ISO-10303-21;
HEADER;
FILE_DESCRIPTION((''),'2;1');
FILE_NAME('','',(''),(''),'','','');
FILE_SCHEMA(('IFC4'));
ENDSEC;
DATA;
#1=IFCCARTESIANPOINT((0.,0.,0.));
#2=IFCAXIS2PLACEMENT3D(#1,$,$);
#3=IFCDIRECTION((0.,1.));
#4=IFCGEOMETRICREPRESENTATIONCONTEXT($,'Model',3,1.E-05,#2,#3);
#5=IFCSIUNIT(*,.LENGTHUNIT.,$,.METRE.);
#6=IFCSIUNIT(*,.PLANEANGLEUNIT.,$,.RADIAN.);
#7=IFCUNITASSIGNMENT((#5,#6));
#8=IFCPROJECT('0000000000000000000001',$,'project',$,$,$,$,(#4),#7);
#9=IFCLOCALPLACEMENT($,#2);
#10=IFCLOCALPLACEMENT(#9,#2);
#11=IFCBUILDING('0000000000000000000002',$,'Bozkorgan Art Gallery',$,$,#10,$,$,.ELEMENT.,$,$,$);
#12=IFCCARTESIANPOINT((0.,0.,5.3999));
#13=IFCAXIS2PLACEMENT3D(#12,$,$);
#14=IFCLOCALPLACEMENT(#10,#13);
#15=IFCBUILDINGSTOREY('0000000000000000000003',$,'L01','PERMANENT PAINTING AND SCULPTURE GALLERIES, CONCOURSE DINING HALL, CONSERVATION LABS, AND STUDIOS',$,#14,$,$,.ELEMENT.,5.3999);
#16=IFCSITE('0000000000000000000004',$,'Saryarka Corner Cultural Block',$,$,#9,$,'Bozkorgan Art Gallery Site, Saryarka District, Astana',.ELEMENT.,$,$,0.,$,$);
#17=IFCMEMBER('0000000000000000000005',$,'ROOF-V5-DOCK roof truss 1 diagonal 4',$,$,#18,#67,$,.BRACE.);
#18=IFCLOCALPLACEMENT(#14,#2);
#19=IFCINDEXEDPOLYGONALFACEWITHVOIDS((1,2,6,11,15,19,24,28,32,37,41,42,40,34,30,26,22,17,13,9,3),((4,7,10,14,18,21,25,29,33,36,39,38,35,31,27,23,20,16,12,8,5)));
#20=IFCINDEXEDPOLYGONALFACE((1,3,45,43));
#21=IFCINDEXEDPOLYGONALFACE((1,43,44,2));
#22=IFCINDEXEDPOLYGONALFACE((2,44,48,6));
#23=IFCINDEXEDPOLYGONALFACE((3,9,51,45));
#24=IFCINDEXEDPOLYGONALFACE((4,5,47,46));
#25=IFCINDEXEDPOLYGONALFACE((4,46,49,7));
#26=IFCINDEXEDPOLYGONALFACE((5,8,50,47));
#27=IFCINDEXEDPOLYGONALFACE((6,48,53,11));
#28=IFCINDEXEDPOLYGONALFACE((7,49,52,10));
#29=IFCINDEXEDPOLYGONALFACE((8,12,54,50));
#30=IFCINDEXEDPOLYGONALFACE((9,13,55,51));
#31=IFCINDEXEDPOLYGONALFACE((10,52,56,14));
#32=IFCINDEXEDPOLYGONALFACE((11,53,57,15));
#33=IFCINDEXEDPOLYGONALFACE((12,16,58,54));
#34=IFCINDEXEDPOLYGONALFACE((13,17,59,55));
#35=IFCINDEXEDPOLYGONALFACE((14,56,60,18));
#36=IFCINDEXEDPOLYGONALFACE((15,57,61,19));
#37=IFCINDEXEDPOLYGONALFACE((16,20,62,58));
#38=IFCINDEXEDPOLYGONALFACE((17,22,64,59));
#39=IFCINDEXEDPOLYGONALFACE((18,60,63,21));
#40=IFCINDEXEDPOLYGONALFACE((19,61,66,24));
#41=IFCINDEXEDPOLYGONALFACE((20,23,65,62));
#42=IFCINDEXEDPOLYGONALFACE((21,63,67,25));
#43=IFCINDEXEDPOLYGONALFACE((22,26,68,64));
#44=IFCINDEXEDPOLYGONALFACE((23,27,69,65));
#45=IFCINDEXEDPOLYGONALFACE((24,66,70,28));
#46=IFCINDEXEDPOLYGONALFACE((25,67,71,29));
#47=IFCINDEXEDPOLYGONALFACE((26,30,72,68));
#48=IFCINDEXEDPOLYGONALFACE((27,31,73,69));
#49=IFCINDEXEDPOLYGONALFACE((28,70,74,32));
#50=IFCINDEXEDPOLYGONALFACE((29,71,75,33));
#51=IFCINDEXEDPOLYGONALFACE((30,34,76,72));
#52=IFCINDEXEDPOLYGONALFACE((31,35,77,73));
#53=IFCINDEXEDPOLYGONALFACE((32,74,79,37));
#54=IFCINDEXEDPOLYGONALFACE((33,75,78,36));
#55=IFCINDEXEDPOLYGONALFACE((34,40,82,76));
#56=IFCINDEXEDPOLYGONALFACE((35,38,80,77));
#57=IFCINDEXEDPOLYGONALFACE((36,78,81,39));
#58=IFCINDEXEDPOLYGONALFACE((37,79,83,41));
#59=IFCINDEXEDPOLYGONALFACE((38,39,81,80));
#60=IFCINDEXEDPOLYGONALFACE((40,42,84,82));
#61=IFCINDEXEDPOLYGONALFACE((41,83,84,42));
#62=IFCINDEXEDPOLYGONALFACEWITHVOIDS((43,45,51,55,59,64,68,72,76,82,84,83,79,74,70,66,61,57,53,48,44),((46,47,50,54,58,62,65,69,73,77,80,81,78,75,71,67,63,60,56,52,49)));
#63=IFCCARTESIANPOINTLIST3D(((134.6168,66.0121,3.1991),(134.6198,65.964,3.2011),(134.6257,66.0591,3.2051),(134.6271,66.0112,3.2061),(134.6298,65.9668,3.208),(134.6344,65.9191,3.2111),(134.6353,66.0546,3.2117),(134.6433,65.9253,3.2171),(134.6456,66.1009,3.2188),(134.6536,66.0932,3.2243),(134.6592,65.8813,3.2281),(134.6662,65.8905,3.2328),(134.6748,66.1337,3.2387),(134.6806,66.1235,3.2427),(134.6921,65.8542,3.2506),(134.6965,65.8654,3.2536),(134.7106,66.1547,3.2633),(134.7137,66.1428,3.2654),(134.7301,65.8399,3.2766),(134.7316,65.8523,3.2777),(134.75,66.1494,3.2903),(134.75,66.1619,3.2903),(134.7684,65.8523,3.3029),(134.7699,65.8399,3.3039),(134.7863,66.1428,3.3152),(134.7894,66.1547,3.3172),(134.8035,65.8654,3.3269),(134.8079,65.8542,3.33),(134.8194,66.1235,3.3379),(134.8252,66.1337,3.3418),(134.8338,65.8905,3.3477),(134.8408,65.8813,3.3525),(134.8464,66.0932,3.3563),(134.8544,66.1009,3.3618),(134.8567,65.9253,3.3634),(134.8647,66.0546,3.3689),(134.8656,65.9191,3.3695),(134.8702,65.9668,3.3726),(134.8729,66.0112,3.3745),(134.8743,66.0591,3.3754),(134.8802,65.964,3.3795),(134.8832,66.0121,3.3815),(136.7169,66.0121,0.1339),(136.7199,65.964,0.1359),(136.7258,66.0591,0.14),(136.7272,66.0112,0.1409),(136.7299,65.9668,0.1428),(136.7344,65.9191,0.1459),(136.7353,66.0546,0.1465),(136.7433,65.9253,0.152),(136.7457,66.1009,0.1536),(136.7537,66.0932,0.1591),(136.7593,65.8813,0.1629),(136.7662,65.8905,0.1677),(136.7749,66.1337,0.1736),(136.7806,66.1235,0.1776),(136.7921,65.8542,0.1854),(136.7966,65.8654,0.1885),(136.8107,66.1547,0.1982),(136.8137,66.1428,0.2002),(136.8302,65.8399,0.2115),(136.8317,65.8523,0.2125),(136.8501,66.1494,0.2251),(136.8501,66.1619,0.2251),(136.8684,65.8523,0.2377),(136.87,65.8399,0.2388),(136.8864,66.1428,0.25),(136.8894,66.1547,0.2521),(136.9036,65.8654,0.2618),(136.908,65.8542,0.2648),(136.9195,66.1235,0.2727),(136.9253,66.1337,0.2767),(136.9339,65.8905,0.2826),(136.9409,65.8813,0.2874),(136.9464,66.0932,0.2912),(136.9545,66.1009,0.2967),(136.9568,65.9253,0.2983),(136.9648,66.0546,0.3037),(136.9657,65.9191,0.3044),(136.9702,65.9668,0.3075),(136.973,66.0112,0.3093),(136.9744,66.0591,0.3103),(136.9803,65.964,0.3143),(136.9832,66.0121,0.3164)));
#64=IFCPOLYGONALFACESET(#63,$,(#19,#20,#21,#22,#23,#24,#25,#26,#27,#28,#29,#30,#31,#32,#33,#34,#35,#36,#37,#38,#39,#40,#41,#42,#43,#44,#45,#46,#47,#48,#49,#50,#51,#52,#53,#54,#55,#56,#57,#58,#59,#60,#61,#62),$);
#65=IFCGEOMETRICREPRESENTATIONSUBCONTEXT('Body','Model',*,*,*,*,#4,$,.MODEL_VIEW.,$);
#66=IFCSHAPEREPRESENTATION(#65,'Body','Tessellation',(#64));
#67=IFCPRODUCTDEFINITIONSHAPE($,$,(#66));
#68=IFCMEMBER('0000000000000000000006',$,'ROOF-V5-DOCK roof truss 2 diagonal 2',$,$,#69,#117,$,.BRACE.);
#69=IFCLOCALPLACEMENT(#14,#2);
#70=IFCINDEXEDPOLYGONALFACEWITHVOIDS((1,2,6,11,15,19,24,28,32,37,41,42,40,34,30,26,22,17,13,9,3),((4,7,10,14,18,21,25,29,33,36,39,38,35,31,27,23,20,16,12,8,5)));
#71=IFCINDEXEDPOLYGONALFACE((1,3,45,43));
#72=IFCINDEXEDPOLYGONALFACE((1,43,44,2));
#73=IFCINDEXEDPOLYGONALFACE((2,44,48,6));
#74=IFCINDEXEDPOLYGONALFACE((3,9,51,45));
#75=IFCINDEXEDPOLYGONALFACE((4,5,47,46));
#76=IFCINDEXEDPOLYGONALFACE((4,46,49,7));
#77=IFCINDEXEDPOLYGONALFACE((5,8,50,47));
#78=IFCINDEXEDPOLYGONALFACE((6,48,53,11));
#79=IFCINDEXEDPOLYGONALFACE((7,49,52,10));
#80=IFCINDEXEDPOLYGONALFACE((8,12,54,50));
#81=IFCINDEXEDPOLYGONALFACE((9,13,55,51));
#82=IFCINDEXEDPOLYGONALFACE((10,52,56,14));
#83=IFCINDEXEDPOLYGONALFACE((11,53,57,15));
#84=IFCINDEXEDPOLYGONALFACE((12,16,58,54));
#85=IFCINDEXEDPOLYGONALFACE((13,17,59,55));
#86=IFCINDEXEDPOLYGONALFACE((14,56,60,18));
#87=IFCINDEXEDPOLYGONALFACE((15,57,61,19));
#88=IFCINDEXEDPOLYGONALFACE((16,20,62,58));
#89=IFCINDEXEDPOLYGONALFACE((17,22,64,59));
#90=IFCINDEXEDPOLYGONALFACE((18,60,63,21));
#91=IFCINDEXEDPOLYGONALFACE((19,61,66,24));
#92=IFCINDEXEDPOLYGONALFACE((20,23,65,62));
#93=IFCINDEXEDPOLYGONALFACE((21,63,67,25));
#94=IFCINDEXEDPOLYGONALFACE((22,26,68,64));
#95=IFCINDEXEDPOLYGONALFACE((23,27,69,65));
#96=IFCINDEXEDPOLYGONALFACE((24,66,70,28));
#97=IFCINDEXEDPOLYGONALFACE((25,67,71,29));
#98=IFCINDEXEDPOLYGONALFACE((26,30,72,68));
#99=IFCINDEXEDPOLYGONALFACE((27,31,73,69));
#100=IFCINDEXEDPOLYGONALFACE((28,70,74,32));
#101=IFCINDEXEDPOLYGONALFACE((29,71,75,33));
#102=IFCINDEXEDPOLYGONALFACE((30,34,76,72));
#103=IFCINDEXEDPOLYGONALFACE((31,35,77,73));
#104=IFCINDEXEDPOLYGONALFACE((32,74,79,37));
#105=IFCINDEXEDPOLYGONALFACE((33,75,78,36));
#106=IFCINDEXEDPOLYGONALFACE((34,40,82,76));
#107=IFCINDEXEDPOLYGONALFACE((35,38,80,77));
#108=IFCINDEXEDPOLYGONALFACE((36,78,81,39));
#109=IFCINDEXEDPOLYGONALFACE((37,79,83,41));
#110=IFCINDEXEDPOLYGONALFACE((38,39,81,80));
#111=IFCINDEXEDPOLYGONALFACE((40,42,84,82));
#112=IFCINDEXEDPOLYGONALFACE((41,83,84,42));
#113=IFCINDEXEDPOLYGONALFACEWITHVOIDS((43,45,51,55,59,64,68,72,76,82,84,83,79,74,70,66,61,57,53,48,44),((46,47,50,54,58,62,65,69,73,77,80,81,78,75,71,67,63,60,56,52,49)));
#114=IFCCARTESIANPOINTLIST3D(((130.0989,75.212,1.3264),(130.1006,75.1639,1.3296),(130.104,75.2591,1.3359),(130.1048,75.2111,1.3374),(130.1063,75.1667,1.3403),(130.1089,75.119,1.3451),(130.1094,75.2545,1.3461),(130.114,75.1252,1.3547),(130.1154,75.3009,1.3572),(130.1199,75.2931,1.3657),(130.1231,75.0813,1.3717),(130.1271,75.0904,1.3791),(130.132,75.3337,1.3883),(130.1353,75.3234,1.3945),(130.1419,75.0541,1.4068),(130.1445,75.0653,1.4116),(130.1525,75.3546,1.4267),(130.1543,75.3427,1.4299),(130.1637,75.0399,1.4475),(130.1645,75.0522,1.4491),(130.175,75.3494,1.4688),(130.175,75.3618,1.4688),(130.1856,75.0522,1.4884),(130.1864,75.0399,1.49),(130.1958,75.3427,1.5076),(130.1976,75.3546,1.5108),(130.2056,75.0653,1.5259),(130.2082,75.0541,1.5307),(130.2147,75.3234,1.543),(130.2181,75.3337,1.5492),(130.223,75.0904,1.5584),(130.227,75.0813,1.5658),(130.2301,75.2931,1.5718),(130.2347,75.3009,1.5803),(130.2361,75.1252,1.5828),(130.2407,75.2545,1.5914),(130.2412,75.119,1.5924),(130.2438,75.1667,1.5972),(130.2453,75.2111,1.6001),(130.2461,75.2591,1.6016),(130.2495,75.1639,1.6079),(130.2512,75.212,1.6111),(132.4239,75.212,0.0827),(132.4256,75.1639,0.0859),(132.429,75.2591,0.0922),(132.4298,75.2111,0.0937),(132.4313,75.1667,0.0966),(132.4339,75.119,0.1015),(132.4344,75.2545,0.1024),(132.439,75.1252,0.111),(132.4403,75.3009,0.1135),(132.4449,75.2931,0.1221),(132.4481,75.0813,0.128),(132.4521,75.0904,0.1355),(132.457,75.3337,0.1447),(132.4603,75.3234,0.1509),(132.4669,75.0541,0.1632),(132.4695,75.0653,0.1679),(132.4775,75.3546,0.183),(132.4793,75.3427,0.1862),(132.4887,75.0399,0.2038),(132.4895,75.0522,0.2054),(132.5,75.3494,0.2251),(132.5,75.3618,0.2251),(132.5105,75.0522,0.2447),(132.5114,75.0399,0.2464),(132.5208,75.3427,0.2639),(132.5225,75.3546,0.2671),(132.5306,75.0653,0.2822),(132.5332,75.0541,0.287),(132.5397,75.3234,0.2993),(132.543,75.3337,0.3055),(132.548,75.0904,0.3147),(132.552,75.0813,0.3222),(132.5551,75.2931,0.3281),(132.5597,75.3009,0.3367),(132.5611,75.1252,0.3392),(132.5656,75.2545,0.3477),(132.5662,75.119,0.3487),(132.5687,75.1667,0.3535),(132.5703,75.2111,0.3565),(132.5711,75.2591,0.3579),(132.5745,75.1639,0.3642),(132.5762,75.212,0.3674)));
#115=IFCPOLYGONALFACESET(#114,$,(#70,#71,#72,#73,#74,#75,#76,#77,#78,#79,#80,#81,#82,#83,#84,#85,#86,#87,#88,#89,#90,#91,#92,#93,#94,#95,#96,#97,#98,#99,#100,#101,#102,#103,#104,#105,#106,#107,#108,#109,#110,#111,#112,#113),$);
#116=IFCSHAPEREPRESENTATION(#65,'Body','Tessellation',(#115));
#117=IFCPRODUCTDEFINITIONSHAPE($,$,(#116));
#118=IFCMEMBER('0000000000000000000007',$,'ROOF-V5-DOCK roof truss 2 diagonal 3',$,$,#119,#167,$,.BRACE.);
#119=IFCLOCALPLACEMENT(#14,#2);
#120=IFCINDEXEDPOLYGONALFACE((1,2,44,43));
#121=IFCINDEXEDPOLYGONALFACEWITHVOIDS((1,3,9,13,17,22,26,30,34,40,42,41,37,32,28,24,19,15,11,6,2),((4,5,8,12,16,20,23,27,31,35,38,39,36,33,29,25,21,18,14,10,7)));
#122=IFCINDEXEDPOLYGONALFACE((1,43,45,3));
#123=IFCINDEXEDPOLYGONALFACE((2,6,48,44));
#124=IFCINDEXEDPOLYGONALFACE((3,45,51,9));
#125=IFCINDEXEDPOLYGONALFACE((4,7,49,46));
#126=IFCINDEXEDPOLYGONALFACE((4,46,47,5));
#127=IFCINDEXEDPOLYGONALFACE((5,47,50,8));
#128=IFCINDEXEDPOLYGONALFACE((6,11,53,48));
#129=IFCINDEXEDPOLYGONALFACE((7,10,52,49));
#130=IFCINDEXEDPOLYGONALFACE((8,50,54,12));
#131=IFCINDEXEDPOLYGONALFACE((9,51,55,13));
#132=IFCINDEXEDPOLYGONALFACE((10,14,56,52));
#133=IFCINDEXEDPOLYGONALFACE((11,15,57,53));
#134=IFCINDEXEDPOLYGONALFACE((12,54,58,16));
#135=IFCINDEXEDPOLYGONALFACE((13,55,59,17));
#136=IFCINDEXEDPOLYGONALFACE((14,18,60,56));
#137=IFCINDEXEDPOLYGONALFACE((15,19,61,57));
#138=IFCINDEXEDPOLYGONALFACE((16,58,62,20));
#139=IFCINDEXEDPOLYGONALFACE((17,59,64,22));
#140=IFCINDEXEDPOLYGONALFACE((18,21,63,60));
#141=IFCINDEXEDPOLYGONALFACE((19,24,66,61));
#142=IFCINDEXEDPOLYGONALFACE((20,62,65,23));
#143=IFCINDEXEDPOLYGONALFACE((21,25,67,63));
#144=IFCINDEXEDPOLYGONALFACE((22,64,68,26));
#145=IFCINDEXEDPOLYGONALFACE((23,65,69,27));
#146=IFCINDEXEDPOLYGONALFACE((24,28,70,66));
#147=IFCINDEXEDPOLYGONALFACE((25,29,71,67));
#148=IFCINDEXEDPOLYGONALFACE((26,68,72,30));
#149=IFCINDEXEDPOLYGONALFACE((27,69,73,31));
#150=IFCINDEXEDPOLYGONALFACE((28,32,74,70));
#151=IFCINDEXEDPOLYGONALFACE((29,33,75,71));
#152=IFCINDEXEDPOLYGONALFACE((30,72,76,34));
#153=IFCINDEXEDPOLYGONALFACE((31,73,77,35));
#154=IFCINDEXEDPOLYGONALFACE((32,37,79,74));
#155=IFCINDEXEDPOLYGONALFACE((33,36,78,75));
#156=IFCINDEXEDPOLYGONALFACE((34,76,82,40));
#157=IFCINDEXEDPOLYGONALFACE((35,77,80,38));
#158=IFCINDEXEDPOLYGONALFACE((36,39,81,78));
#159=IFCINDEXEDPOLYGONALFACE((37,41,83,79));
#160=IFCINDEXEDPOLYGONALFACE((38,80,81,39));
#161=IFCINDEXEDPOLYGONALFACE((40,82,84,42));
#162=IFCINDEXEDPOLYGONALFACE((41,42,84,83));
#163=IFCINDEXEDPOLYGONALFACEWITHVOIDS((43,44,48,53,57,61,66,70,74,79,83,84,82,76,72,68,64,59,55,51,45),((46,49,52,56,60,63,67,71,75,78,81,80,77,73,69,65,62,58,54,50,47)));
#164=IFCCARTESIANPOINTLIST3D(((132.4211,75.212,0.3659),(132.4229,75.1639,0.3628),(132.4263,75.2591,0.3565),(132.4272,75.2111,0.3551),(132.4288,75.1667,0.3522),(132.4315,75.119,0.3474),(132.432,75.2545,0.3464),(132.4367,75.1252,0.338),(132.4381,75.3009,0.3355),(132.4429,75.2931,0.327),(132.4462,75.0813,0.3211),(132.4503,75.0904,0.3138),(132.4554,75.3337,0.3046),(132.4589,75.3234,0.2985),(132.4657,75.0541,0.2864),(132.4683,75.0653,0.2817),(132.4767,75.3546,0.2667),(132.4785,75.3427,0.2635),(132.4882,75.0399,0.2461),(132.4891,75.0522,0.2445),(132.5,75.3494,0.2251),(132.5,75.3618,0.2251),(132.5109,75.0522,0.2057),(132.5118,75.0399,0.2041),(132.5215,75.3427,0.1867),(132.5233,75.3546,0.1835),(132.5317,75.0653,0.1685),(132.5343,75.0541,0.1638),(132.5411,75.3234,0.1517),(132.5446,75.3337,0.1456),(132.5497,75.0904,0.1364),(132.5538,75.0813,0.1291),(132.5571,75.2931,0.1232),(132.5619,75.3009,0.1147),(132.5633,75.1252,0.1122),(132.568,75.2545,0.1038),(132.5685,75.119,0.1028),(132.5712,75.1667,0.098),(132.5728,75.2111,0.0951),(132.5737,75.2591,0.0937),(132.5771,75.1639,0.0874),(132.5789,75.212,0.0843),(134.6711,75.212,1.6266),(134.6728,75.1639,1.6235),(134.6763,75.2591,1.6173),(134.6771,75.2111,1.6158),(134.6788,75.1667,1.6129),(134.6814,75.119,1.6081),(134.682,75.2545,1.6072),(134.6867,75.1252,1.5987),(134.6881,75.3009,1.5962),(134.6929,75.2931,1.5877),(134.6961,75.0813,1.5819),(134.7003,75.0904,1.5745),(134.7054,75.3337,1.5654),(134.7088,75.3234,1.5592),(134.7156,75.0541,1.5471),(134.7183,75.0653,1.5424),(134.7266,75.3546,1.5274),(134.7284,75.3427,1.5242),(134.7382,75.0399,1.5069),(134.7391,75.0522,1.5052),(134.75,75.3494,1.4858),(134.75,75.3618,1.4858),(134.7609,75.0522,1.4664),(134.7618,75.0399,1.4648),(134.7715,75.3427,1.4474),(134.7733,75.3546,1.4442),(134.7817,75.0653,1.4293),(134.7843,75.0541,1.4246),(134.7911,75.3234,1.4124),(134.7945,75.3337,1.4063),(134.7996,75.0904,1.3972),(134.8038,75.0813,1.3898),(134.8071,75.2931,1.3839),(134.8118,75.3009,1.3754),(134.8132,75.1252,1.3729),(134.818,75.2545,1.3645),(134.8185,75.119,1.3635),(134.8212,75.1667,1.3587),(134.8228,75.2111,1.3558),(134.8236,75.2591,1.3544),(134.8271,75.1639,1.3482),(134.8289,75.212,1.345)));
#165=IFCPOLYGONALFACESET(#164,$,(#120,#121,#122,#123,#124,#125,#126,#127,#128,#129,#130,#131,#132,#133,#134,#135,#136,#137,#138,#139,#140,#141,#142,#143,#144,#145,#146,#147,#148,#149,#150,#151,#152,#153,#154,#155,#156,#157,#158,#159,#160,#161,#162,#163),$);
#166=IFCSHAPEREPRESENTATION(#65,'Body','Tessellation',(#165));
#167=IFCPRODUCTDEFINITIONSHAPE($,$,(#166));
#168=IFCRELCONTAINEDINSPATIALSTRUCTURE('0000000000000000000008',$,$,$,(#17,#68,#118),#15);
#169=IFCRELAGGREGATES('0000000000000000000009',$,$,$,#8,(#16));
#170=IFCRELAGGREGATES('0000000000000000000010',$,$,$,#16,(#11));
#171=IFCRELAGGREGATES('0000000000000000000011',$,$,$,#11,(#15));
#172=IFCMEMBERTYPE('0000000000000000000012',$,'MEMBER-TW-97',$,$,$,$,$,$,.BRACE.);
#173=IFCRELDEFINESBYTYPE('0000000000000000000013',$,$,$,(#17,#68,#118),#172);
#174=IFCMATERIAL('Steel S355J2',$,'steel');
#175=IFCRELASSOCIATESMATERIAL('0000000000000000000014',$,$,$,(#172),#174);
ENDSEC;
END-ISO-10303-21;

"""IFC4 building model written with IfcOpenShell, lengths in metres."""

from ifc_helpers import new_model, si_unit, direction, frame, origin, origin_2d, place, context, subcontext, project, spatial, hollow_circle, extrude, material, material_profile, profile_set, type_object, element, save


model = new_model("IFC4")

# Units and contexts
model_context = context("Model", 3, precision=1e-05, world=origin(), true_north=direction((0.0, 1.0)))
body_context = subcontext(model_context, "Body", "Model", "MODEL_VIEW")
ifc_project = project(units=[si_unit("LENGTHUNIT", "METRE"), si_unit("PLANEANGLEUNIT", "RADIAN")], contexts=[model_context])

# Site, building, storey
site_placement = place(None, origin())
site = spatial("IfcSite", under=ifc_project, at=site_placement, Name="Saryarka Corner Cultural Block", LongName="Bozkorgan Art Gallery Site, Saryarka District, Astana", CompositionType="ELEMENT", RefElevation=0.0)
building_placement = place(site_placement, origin())
building = spatial("IfcBuilding", under=site, at=building_placement, Name="Bozkorgan Art Gallery", CompositionType="ELEMENT")
storey_placement = place(building_placement, frame((0.0, 0.0, 5.3999)))
storey = spatial("IfcBuildingStorey", under=building, at=storey_placement, Name="L01", Description="PERMANENT PAINTING AND SCULPTURE GALLERIES, CONCOURSE DINING HALL, CONSERVATION LABS, AND STUDIOS", CompositionType="ELEMENT", Elevation=5.3999)

# Members
ifc_material_1 = material(Name="Steel S355J2", Category="steel")
ifc_material_profile_1 = material_profile(ifc_material_1, hollow_circle(Radius=0.1619, WallThickness=0.0125, at=origin_2d()), Name="CHS 323.9x12.5")
ifc_profile_set_1 = profile_set([ifc_material_profile_1], Name="Steel S355J2")
member_type_1 = type_object("IfcMemberType", Name="MEMBER-TW-97", PredefinedType="BRACE", material=ifc_profile_set_1)
member_1_placement = place(storey_placement, frame((134.75, 66.0, 3.2903), z_axis=(0.565209, 0.0, -0.824948), x_axis=(0.0, 1.0, 0.0)))
element("IfcMember", 1, at=member_1_placement, inside=storey, type_object=member_type_1, Name="ROOF-V5-DOCK roof truss 1 diagonal 4", PredefinedType="BRACE", context=body_context, shape_type="SweptSolid", body=[
    extrude(hollow_circle(Radius=0.1619, WallThickness=0.0125, at=origin_2d()), origin(), (0.0, 0.0, 1.0), 3.7156),
])
member_2_placement = place(storey_placement, frame((130.175, 75.2, 1.4688), z_axis=(0.881773, 0.0, -0.471674), x_axis=(0.0, 1.0, 0.0)))
element("IfcMember", 2, at=member_2_placement, inside=storey, type_object=member_type_1, Name="ROOF-V5-DOCK roof truss 2 diagonal 2", PredefinedType="BRACE", context=body_context, shape_type="SweptSolid", body=[
    extrude(hollow_circle(Radius=0.1619, WallThickness=0.0125, at=origin_2d()), origin(), (0.0, 0.0, 1.0), 2.6367),
])
member_3_placement = place(storey_placement, frame((132.5, 75.2, 0.2251), z_axis=(0.872383, 0.0, 0.488822), x_axis=(0.0, 1.0, 0.0)))
element("IfcMember", 3, at=member_3_placement, inside=storey, type_object=member_type_1, Name="ROOF-V5-DOCK roof truss 2 diagonal 3", PredefinedType="BRACE", context=body_context, shape_type="SweptSolid", body=[
    extrude(hollow_circle(Radius=0.1619, WallThickness=0.0125, at=origin_2d()), origin(), (0.0, 0.0, 1.0), 2.5791),
])

save(model, "model.ifc")
